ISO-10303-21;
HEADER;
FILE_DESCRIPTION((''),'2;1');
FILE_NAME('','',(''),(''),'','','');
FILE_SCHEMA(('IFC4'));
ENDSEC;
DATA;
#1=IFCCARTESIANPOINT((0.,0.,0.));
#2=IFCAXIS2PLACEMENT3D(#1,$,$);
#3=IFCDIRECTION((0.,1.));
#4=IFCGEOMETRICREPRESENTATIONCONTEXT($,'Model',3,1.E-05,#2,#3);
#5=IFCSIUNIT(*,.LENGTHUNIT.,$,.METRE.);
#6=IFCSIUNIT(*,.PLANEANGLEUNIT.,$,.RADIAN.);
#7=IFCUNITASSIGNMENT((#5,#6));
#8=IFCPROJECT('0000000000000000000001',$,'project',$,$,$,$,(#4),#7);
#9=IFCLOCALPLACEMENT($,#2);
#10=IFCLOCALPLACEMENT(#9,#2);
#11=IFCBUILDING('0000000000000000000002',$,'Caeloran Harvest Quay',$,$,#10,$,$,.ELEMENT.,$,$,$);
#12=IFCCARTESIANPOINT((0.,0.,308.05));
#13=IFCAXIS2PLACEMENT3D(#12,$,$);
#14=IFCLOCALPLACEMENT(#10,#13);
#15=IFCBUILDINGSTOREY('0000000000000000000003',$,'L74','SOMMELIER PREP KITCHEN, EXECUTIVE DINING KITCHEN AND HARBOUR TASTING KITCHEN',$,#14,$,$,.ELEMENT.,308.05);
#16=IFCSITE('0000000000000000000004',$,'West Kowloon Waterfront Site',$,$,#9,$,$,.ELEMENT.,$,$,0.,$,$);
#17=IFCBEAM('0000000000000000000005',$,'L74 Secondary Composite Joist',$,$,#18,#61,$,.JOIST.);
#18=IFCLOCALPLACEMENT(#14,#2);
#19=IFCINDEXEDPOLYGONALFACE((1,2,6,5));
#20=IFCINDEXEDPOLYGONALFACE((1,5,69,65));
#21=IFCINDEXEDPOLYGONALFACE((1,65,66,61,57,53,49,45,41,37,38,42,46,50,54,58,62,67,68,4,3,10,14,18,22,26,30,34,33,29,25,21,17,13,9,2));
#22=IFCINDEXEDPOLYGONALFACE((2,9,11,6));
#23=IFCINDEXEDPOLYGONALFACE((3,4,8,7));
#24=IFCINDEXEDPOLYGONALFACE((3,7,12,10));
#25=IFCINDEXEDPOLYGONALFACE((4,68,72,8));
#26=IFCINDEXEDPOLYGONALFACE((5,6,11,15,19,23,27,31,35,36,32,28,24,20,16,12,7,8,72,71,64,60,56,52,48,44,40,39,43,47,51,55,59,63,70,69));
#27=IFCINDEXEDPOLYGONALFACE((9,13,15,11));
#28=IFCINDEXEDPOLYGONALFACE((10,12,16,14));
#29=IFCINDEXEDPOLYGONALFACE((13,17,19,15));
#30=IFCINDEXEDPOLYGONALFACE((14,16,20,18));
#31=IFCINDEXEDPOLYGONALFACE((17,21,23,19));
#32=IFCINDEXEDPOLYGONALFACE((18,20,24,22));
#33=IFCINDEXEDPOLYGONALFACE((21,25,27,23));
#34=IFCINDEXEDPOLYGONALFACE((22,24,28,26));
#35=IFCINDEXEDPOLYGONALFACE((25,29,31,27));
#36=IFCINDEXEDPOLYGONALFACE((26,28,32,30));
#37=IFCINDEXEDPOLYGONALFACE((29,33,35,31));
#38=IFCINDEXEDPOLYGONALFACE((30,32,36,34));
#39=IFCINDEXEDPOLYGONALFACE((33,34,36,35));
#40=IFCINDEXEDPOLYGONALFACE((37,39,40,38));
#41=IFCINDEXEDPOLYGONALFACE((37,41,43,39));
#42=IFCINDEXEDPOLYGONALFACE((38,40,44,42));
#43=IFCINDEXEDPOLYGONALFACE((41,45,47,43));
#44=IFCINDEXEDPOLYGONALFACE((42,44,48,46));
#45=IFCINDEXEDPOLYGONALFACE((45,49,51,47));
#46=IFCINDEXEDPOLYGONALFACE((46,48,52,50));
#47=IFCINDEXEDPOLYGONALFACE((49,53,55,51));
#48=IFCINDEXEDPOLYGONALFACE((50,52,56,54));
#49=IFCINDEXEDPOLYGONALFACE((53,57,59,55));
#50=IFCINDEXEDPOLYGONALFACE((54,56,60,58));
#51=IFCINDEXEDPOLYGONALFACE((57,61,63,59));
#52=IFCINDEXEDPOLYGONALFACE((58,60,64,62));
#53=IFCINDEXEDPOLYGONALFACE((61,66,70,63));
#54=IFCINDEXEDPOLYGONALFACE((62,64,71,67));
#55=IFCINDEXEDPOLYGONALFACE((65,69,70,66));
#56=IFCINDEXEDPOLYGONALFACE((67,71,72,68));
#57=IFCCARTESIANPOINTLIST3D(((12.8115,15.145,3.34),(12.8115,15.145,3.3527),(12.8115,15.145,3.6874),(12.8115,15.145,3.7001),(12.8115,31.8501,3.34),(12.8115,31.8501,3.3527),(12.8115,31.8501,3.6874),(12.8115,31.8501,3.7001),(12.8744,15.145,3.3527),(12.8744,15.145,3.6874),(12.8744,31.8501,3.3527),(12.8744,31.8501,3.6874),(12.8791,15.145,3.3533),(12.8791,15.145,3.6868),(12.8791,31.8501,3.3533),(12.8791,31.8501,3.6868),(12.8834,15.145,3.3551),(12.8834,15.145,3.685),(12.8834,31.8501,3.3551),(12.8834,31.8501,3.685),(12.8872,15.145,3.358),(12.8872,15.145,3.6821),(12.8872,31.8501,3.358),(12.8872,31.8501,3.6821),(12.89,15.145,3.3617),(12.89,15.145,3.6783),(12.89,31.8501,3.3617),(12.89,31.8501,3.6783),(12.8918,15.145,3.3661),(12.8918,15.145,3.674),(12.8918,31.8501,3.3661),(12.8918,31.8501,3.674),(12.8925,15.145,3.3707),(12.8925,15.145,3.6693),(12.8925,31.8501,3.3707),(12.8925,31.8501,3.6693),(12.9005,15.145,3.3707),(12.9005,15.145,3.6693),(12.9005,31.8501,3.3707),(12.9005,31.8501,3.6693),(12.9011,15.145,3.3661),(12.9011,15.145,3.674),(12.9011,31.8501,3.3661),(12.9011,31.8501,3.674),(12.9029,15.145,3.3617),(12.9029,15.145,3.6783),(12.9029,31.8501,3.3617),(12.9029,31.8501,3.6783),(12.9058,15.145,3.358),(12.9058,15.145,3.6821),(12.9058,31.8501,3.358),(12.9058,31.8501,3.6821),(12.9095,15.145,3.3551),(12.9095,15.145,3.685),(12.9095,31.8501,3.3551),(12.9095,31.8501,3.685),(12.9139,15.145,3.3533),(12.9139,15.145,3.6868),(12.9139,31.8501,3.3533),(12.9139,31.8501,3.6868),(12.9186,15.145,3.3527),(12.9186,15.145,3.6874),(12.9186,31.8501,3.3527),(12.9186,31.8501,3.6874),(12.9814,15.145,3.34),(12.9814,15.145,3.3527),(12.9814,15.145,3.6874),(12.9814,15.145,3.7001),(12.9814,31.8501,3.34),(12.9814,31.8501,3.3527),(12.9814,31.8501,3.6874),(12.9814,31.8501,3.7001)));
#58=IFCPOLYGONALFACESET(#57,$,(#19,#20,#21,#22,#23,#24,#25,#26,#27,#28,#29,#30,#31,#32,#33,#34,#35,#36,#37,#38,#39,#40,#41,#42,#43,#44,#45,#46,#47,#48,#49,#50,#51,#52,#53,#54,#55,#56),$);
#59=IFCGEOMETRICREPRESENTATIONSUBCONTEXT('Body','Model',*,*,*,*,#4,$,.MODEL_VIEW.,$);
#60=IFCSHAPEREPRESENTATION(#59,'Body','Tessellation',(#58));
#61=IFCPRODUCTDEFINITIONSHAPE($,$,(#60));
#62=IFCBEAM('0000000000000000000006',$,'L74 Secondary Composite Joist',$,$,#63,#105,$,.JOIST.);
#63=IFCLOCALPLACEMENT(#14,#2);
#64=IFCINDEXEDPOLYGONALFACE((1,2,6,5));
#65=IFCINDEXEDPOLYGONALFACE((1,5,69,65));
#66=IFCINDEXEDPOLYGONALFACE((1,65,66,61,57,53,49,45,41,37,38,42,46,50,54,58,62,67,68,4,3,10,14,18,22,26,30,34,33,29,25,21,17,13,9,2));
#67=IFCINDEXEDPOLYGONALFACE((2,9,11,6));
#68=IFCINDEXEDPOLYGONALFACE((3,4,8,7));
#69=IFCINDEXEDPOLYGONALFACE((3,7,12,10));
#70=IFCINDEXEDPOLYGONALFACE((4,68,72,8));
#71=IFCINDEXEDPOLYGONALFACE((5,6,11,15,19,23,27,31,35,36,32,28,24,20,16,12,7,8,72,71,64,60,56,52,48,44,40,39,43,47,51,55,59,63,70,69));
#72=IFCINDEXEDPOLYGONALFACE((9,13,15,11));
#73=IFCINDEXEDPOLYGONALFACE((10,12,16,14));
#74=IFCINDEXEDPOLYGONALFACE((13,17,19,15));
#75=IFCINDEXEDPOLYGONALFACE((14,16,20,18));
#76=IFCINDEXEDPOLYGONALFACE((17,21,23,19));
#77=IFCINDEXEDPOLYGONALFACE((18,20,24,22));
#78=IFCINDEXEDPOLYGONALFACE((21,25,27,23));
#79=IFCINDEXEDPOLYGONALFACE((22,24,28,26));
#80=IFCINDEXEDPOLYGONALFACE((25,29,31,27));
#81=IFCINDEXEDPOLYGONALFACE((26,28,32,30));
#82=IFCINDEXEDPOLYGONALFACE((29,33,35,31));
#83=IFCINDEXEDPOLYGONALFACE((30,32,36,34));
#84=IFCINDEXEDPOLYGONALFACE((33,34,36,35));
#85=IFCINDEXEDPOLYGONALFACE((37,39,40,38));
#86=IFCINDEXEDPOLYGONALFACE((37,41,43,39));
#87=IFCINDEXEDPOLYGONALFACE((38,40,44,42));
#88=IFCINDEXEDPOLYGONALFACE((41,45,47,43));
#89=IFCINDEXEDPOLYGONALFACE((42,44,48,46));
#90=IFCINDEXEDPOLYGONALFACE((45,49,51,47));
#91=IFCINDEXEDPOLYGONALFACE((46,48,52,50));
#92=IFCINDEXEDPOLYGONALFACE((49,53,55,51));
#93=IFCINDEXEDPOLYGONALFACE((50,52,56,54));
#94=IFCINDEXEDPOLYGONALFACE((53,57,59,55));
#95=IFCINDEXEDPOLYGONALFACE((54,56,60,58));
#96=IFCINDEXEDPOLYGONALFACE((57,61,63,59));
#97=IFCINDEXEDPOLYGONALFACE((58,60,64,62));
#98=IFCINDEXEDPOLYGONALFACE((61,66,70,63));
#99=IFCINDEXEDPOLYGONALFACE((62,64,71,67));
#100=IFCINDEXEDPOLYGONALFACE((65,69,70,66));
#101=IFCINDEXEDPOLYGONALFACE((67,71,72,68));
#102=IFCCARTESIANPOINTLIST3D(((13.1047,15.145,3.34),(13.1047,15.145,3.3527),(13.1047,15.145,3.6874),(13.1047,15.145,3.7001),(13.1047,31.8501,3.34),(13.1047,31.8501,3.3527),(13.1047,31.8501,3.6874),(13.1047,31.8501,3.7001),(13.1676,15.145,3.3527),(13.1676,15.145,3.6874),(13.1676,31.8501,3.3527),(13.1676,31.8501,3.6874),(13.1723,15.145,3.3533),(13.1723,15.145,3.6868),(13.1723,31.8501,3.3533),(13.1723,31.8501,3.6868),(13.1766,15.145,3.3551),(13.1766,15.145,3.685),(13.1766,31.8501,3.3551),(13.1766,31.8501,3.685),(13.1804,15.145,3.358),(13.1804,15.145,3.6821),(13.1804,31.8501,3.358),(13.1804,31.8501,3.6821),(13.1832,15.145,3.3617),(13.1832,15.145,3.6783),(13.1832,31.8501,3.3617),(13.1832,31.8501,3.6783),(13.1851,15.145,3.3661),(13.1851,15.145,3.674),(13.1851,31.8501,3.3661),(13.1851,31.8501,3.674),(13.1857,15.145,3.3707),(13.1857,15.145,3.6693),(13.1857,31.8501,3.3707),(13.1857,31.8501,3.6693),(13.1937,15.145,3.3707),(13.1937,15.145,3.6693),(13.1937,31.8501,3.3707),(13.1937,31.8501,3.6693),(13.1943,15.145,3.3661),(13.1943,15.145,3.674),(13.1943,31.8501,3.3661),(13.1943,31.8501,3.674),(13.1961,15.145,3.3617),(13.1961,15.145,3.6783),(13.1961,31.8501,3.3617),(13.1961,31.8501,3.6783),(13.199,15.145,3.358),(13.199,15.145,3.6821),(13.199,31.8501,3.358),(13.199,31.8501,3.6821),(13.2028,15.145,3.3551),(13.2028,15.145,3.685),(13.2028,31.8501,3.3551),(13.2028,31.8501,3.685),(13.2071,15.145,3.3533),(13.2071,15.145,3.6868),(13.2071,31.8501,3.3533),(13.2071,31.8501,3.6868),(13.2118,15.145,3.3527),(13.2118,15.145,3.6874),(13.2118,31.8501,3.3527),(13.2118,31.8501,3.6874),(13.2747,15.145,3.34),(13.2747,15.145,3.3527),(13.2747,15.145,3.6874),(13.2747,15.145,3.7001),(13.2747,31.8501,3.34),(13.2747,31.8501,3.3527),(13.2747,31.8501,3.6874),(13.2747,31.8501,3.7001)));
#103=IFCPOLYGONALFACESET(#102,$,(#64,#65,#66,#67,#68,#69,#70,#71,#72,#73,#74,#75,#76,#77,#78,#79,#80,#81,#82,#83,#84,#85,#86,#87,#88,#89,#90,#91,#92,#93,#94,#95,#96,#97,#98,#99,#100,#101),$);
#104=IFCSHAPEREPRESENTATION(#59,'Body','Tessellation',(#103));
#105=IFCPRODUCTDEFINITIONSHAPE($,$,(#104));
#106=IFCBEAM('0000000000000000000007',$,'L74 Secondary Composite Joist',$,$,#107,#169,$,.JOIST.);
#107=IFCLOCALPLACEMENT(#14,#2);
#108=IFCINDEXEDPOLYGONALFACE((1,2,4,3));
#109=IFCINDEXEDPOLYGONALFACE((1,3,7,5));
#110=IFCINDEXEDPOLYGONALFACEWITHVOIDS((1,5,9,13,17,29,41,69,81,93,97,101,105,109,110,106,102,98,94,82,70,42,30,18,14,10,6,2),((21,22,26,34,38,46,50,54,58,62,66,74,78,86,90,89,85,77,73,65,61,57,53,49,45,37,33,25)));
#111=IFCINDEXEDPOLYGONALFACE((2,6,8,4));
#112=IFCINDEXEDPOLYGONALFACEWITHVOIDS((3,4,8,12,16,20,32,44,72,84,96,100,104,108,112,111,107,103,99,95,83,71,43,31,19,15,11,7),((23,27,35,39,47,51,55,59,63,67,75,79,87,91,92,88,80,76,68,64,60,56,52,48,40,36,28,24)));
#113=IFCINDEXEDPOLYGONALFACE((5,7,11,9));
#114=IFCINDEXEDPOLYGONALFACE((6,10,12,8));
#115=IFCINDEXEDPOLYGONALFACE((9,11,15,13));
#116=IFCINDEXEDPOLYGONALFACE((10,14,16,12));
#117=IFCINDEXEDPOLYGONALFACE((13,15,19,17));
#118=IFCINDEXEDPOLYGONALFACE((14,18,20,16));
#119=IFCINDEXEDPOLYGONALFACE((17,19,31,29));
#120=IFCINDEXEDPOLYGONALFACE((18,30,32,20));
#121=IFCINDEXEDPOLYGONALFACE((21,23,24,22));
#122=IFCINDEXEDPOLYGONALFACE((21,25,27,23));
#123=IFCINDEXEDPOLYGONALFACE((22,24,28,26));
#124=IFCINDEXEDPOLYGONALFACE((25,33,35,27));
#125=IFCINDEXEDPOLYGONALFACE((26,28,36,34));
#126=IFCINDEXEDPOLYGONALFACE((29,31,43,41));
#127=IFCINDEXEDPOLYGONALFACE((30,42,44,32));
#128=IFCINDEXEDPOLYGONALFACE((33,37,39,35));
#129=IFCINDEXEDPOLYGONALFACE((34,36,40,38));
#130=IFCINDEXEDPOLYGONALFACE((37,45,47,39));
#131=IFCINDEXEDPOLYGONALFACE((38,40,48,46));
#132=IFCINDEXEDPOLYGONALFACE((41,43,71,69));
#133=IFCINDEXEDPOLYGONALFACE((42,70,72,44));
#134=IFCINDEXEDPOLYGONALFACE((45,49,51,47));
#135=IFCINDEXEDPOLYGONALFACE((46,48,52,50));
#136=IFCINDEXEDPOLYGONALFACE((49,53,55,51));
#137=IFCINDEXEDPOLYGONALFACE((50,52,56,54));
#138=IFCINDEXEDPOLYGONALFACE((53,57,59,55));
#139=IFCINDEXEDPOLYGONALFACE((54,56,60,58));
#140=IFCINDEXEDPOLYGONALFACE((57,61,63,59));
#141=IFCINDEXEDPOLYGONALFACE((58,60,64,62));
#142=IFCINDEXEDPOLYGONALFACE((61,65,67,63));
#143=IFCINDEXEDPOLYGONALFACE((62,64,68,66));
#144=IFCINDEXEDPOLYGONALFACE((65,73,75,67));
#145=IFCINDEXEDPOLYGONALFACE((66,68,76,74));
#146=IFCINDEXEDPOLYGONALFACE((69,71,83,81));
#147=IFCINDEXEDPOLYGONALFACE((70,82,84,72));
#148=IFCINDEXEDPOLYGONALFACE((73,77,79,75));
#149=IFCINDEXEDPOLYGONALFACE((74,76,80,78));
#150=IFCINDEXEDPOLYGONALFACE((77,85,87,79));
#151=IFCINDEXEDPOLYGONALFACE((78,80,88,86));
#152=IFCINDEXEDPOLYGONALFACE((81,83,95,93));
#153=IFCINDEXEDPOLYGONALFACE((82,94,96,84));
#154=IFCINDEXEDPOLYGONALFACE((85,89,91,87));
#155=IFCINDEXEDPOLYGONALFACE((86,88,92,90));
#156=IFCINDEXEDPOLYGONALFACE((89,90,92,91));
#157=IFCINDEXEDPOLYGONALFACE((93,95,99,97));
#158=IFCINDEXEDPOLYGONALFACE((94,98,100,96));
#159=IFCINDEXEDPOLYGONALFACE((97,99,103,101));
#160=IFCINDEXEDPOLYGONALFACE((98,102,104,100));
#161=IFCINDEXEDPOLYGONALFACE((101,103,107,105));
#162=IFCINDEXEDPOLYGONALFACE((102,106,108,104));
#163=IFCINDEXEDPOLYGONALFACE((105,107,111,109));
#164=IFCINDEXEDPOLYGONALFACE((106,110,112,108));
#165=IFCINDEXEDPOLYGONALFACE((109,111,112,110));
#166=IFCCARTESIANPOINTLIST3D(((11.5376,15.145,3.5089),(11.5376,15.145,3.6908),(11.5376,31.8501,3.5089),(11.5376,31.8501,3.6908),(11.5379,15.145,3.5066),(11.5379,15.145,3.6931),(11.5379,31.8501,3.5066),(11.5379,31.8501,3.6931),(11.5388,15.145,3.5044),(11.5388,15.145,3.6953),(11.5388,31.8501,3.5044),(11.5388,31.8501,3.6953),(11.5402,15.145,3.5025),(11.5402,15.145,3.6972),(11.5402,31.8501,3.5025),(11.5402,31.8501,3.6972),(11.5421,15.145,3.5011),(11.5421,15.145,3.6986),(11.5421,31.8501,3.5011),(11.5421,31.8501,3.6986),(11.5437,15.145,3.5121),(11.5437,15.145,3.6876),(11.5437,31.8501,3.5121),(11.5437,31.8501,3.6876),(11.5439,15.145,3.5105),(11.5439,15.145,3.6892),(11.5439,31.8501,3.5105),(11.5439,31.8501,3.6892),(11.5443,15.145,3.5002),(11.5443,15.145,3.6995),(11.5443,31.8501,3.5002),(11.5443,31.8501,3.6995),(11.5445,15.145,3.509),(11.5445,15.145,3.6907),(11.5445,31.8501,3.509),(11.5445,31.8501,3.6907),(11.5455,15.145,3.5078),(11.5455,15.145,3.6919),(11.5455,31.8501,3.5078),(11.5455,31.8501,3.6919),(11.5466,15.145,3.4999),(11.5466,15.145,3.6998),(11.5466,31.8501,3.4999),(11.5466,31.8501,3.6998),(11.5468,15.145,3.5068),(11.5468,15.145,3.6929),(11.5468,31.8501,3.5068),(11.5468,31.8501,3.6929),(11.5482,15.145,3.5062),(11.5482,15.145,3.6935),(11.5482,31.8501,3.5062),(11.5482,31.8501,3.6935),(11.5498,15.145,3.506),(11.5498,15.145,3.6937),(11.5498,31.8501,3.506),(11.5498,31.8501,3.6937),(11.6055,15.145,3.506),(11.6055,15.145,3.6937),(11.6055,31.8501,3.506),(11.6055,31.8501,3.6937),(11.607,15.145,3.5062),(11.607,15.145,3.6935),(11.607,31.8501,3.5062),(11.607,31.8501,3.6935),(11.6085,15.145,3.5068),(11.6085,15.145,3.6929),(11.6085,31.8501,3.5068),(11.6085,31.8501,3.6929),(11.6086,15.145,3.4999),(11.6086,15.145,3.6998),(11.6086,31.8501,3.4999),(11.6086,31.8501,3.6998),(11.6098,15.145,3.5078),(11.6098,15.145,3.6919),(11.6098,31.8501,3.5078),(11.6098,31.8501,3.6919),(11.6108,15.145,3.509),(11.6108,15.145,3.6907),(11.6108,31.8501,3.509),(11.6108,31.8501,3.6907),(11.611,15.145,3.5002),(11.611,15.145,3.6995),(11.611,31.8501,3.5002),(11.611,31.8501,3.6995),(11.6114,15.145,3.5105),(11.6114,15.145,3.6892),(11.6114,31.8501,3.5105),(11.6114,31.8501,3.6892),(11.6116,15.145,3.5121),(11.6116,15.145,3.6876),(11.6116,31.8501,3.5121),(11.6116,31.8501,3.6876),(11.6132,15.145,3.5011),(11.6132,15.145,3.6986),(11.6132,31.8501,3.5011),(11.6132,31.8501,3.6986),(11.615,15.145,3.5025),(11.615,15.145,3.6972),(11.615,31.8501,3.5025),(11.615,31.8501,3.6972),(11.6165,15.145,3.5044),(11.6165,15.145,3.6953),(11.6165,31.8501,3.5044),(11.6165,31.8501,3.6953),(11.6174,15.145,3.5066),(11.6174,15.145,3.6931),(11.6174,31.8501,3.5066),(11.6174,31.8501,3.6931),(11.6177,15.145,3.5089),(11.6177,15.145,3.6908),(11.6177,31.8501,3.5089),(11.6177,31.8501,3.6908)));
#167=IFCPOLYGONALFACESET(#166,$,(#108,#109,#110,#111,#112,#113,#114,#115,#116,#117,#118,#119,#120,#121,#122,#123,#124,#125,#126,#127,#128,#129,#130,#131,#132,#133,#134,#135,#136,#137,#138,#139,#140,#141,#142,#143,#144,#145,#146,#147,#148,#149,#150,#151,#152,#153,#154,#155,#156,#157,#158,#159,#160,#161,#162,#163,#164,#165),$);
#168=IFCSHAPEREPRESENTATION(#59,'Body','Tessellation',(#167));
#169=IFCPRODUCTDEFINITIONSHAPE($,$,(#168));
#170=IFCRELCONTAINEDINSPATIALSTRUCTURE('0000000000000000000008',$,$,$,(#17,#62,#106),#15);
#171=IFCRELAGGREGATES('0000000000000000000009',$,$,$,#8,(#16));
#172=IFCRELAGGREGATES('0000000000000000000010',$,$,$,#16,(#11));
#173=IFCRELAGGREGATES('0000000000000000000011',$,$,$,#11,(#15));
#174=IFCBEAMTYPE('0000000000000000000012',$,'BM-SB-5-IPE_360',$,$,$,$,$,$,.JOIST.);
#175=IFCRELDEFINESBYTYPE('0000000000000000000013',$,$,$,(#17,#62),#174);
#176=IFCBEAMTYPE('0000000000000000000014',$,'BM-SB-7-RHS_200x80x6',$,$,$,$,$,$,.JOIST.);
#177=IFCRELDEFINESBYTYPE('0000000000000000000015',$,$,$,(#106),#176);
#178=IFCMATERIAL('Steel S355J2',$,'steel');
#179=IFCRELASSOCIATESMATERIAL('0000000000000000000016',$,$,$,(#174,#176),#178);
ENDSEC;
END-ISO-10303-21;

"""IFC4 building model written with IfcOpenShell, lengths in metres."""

from ifc_helpers import new_model, si_unit, direction, frame, origin, origin_2d, place, context, subcontext, project, spatial, hollow_rectangle, i_section, extrude, material, material_profile, profile_set, type_object, element, save


model = new_model("IFC4")

# Units and contexts
model_context = context("Model", 3, precision=1e-05, world=origin(), true_north=direction((0.0, 1.0)))
body_context = subcontext(model_context, "Body", "Model", "MODEL_VIEW")
ifc_project = project(units=[si_unit("LENGTHUNIT", "METRE"), si_unit("PLANEANGLEUNIT", "RADIAN")], contexts=[model_context])

# Site, building, storey
site_placement = place(None, origin())
site = spatial("IfcSite", under=ifc_project, at=site_placement, Name="West Kowloon Waterfront Site", CompositionType="ELEMENT", RefElevation=0.0)
building_placement = place(site_placement, origin())
building = spatial("IfcBuilding", under=site, at=building_placement, Name="Caeloran Harvest Quay", CompositionType="ELEMENT")
storey_placement = place(building_placement, frame((0.0, 0.0, 308.05)))
storey = spatial("IfcBuildingStorey", under=building, at=storey_placement, Name="L74", Description="SOMMELIER PREP KITCHEN, EXECUTIVE DINING KITCHEN AND HARBOUR TASTING KITCHEN", CompositionType="ELEMENT", Elevation=308.05)

# Beams
ifc_material_1 = material(Name="Steel S355J2", Category="steel")
ifc_material_profile_1 = material_profile(ifc_material_1, i_section(OverallWidth=0.1699, OverallDepth=0.3601, WebThickness=0.0081, FlangeThickness=0.0127, FilletRadius=0.0181, at=origin_2d()), Name="IPE 360")
ifc_profile_set_1 = profile_set([ifc_material_profile_1], Name="Steel S355J2")
beam_type_1 = type_object("IfcBeamType", Name="BM-SB-5-IPE_360", PredefinedType="JOIST", material=ifc_profile_set_1)
for number, where, z_axis, x_axis, name in (
    (1, (12.8965, 15.145, 3.52), (0.0, 1.0, 0.0), (-1.0, 0.0, 0.0), "L74 Secondary Composite Joist"),
    (2, (13.1897, 15.145, 3.52), (0.0, 1.0, 0.0), (-1.0, 0.0, 0.0), "L74 Secondary Composite Joist"),
):
    element("IfcBeam", number, at=place(storey_placement, frame(where, z_axis=z_axis, x_axis=x_axis)), inside=storey, type_object=beam_type_1, Name=name, PredefinedType="JOIST", context=body_context, shape_type="SweptSolid", body=[
        extrude(i_section(OverallWidth=0.1699, OverallDepth=0.3601, WebThickness=0.0081, FlangeThickness=0.0127, FilletRadius=0.0181, at=origin_2d()), origin(), (0.0, 0.0, 1.0), 16.7051),
    ])
ifc_material_profile_2 = material_profile(ifc_material_1, hollow_rectangle(XDim=0.0801, YDim=0.2, WallThickness=0.0061, InnerFilletRadius=0.0061, OuterFilletRadius=0.009, at=origin_2d()), Name="RHS 200x80x6")
ifc_profile_set_2 = profile_set([ifc_material_profile_2], Name="Steel S355J2")
beam_type_2 = type_object("IfcBeamType", Name="BM-SB-7-RHS_200x80x6", PredefinedType="JOIST", material=ifc_profile_set_2)
for number, where, z_axis, x_axis, name in (
    (3, (11.5776, 15.145, 3.5999), (0.0, 1.0, 0.0), (-1.0, 0.0, 0.0), "L74 Secondary Composite Joist"),
):
    element("IfcBeam", number, at=place(storey_placement, frame(where, z_axis=z_axis, x_axis=x_axis)), inside=storey, type_object=beam_type_2, Name=name, PredefinedType="JOIST", context=body_context, shape_type="SweptSolid", body=[
        extrude(hollow_rectangle(XDim=0.0801, YDim=0.2, WallThickness=0.0061, InnerFilletRadius=0.0061, OuterFilletRadius=0.009, at=origin_2d()), origin(), (0.0, 0.0, 1.0), 16.7051),
    ])

save(model, "model.ifc")
